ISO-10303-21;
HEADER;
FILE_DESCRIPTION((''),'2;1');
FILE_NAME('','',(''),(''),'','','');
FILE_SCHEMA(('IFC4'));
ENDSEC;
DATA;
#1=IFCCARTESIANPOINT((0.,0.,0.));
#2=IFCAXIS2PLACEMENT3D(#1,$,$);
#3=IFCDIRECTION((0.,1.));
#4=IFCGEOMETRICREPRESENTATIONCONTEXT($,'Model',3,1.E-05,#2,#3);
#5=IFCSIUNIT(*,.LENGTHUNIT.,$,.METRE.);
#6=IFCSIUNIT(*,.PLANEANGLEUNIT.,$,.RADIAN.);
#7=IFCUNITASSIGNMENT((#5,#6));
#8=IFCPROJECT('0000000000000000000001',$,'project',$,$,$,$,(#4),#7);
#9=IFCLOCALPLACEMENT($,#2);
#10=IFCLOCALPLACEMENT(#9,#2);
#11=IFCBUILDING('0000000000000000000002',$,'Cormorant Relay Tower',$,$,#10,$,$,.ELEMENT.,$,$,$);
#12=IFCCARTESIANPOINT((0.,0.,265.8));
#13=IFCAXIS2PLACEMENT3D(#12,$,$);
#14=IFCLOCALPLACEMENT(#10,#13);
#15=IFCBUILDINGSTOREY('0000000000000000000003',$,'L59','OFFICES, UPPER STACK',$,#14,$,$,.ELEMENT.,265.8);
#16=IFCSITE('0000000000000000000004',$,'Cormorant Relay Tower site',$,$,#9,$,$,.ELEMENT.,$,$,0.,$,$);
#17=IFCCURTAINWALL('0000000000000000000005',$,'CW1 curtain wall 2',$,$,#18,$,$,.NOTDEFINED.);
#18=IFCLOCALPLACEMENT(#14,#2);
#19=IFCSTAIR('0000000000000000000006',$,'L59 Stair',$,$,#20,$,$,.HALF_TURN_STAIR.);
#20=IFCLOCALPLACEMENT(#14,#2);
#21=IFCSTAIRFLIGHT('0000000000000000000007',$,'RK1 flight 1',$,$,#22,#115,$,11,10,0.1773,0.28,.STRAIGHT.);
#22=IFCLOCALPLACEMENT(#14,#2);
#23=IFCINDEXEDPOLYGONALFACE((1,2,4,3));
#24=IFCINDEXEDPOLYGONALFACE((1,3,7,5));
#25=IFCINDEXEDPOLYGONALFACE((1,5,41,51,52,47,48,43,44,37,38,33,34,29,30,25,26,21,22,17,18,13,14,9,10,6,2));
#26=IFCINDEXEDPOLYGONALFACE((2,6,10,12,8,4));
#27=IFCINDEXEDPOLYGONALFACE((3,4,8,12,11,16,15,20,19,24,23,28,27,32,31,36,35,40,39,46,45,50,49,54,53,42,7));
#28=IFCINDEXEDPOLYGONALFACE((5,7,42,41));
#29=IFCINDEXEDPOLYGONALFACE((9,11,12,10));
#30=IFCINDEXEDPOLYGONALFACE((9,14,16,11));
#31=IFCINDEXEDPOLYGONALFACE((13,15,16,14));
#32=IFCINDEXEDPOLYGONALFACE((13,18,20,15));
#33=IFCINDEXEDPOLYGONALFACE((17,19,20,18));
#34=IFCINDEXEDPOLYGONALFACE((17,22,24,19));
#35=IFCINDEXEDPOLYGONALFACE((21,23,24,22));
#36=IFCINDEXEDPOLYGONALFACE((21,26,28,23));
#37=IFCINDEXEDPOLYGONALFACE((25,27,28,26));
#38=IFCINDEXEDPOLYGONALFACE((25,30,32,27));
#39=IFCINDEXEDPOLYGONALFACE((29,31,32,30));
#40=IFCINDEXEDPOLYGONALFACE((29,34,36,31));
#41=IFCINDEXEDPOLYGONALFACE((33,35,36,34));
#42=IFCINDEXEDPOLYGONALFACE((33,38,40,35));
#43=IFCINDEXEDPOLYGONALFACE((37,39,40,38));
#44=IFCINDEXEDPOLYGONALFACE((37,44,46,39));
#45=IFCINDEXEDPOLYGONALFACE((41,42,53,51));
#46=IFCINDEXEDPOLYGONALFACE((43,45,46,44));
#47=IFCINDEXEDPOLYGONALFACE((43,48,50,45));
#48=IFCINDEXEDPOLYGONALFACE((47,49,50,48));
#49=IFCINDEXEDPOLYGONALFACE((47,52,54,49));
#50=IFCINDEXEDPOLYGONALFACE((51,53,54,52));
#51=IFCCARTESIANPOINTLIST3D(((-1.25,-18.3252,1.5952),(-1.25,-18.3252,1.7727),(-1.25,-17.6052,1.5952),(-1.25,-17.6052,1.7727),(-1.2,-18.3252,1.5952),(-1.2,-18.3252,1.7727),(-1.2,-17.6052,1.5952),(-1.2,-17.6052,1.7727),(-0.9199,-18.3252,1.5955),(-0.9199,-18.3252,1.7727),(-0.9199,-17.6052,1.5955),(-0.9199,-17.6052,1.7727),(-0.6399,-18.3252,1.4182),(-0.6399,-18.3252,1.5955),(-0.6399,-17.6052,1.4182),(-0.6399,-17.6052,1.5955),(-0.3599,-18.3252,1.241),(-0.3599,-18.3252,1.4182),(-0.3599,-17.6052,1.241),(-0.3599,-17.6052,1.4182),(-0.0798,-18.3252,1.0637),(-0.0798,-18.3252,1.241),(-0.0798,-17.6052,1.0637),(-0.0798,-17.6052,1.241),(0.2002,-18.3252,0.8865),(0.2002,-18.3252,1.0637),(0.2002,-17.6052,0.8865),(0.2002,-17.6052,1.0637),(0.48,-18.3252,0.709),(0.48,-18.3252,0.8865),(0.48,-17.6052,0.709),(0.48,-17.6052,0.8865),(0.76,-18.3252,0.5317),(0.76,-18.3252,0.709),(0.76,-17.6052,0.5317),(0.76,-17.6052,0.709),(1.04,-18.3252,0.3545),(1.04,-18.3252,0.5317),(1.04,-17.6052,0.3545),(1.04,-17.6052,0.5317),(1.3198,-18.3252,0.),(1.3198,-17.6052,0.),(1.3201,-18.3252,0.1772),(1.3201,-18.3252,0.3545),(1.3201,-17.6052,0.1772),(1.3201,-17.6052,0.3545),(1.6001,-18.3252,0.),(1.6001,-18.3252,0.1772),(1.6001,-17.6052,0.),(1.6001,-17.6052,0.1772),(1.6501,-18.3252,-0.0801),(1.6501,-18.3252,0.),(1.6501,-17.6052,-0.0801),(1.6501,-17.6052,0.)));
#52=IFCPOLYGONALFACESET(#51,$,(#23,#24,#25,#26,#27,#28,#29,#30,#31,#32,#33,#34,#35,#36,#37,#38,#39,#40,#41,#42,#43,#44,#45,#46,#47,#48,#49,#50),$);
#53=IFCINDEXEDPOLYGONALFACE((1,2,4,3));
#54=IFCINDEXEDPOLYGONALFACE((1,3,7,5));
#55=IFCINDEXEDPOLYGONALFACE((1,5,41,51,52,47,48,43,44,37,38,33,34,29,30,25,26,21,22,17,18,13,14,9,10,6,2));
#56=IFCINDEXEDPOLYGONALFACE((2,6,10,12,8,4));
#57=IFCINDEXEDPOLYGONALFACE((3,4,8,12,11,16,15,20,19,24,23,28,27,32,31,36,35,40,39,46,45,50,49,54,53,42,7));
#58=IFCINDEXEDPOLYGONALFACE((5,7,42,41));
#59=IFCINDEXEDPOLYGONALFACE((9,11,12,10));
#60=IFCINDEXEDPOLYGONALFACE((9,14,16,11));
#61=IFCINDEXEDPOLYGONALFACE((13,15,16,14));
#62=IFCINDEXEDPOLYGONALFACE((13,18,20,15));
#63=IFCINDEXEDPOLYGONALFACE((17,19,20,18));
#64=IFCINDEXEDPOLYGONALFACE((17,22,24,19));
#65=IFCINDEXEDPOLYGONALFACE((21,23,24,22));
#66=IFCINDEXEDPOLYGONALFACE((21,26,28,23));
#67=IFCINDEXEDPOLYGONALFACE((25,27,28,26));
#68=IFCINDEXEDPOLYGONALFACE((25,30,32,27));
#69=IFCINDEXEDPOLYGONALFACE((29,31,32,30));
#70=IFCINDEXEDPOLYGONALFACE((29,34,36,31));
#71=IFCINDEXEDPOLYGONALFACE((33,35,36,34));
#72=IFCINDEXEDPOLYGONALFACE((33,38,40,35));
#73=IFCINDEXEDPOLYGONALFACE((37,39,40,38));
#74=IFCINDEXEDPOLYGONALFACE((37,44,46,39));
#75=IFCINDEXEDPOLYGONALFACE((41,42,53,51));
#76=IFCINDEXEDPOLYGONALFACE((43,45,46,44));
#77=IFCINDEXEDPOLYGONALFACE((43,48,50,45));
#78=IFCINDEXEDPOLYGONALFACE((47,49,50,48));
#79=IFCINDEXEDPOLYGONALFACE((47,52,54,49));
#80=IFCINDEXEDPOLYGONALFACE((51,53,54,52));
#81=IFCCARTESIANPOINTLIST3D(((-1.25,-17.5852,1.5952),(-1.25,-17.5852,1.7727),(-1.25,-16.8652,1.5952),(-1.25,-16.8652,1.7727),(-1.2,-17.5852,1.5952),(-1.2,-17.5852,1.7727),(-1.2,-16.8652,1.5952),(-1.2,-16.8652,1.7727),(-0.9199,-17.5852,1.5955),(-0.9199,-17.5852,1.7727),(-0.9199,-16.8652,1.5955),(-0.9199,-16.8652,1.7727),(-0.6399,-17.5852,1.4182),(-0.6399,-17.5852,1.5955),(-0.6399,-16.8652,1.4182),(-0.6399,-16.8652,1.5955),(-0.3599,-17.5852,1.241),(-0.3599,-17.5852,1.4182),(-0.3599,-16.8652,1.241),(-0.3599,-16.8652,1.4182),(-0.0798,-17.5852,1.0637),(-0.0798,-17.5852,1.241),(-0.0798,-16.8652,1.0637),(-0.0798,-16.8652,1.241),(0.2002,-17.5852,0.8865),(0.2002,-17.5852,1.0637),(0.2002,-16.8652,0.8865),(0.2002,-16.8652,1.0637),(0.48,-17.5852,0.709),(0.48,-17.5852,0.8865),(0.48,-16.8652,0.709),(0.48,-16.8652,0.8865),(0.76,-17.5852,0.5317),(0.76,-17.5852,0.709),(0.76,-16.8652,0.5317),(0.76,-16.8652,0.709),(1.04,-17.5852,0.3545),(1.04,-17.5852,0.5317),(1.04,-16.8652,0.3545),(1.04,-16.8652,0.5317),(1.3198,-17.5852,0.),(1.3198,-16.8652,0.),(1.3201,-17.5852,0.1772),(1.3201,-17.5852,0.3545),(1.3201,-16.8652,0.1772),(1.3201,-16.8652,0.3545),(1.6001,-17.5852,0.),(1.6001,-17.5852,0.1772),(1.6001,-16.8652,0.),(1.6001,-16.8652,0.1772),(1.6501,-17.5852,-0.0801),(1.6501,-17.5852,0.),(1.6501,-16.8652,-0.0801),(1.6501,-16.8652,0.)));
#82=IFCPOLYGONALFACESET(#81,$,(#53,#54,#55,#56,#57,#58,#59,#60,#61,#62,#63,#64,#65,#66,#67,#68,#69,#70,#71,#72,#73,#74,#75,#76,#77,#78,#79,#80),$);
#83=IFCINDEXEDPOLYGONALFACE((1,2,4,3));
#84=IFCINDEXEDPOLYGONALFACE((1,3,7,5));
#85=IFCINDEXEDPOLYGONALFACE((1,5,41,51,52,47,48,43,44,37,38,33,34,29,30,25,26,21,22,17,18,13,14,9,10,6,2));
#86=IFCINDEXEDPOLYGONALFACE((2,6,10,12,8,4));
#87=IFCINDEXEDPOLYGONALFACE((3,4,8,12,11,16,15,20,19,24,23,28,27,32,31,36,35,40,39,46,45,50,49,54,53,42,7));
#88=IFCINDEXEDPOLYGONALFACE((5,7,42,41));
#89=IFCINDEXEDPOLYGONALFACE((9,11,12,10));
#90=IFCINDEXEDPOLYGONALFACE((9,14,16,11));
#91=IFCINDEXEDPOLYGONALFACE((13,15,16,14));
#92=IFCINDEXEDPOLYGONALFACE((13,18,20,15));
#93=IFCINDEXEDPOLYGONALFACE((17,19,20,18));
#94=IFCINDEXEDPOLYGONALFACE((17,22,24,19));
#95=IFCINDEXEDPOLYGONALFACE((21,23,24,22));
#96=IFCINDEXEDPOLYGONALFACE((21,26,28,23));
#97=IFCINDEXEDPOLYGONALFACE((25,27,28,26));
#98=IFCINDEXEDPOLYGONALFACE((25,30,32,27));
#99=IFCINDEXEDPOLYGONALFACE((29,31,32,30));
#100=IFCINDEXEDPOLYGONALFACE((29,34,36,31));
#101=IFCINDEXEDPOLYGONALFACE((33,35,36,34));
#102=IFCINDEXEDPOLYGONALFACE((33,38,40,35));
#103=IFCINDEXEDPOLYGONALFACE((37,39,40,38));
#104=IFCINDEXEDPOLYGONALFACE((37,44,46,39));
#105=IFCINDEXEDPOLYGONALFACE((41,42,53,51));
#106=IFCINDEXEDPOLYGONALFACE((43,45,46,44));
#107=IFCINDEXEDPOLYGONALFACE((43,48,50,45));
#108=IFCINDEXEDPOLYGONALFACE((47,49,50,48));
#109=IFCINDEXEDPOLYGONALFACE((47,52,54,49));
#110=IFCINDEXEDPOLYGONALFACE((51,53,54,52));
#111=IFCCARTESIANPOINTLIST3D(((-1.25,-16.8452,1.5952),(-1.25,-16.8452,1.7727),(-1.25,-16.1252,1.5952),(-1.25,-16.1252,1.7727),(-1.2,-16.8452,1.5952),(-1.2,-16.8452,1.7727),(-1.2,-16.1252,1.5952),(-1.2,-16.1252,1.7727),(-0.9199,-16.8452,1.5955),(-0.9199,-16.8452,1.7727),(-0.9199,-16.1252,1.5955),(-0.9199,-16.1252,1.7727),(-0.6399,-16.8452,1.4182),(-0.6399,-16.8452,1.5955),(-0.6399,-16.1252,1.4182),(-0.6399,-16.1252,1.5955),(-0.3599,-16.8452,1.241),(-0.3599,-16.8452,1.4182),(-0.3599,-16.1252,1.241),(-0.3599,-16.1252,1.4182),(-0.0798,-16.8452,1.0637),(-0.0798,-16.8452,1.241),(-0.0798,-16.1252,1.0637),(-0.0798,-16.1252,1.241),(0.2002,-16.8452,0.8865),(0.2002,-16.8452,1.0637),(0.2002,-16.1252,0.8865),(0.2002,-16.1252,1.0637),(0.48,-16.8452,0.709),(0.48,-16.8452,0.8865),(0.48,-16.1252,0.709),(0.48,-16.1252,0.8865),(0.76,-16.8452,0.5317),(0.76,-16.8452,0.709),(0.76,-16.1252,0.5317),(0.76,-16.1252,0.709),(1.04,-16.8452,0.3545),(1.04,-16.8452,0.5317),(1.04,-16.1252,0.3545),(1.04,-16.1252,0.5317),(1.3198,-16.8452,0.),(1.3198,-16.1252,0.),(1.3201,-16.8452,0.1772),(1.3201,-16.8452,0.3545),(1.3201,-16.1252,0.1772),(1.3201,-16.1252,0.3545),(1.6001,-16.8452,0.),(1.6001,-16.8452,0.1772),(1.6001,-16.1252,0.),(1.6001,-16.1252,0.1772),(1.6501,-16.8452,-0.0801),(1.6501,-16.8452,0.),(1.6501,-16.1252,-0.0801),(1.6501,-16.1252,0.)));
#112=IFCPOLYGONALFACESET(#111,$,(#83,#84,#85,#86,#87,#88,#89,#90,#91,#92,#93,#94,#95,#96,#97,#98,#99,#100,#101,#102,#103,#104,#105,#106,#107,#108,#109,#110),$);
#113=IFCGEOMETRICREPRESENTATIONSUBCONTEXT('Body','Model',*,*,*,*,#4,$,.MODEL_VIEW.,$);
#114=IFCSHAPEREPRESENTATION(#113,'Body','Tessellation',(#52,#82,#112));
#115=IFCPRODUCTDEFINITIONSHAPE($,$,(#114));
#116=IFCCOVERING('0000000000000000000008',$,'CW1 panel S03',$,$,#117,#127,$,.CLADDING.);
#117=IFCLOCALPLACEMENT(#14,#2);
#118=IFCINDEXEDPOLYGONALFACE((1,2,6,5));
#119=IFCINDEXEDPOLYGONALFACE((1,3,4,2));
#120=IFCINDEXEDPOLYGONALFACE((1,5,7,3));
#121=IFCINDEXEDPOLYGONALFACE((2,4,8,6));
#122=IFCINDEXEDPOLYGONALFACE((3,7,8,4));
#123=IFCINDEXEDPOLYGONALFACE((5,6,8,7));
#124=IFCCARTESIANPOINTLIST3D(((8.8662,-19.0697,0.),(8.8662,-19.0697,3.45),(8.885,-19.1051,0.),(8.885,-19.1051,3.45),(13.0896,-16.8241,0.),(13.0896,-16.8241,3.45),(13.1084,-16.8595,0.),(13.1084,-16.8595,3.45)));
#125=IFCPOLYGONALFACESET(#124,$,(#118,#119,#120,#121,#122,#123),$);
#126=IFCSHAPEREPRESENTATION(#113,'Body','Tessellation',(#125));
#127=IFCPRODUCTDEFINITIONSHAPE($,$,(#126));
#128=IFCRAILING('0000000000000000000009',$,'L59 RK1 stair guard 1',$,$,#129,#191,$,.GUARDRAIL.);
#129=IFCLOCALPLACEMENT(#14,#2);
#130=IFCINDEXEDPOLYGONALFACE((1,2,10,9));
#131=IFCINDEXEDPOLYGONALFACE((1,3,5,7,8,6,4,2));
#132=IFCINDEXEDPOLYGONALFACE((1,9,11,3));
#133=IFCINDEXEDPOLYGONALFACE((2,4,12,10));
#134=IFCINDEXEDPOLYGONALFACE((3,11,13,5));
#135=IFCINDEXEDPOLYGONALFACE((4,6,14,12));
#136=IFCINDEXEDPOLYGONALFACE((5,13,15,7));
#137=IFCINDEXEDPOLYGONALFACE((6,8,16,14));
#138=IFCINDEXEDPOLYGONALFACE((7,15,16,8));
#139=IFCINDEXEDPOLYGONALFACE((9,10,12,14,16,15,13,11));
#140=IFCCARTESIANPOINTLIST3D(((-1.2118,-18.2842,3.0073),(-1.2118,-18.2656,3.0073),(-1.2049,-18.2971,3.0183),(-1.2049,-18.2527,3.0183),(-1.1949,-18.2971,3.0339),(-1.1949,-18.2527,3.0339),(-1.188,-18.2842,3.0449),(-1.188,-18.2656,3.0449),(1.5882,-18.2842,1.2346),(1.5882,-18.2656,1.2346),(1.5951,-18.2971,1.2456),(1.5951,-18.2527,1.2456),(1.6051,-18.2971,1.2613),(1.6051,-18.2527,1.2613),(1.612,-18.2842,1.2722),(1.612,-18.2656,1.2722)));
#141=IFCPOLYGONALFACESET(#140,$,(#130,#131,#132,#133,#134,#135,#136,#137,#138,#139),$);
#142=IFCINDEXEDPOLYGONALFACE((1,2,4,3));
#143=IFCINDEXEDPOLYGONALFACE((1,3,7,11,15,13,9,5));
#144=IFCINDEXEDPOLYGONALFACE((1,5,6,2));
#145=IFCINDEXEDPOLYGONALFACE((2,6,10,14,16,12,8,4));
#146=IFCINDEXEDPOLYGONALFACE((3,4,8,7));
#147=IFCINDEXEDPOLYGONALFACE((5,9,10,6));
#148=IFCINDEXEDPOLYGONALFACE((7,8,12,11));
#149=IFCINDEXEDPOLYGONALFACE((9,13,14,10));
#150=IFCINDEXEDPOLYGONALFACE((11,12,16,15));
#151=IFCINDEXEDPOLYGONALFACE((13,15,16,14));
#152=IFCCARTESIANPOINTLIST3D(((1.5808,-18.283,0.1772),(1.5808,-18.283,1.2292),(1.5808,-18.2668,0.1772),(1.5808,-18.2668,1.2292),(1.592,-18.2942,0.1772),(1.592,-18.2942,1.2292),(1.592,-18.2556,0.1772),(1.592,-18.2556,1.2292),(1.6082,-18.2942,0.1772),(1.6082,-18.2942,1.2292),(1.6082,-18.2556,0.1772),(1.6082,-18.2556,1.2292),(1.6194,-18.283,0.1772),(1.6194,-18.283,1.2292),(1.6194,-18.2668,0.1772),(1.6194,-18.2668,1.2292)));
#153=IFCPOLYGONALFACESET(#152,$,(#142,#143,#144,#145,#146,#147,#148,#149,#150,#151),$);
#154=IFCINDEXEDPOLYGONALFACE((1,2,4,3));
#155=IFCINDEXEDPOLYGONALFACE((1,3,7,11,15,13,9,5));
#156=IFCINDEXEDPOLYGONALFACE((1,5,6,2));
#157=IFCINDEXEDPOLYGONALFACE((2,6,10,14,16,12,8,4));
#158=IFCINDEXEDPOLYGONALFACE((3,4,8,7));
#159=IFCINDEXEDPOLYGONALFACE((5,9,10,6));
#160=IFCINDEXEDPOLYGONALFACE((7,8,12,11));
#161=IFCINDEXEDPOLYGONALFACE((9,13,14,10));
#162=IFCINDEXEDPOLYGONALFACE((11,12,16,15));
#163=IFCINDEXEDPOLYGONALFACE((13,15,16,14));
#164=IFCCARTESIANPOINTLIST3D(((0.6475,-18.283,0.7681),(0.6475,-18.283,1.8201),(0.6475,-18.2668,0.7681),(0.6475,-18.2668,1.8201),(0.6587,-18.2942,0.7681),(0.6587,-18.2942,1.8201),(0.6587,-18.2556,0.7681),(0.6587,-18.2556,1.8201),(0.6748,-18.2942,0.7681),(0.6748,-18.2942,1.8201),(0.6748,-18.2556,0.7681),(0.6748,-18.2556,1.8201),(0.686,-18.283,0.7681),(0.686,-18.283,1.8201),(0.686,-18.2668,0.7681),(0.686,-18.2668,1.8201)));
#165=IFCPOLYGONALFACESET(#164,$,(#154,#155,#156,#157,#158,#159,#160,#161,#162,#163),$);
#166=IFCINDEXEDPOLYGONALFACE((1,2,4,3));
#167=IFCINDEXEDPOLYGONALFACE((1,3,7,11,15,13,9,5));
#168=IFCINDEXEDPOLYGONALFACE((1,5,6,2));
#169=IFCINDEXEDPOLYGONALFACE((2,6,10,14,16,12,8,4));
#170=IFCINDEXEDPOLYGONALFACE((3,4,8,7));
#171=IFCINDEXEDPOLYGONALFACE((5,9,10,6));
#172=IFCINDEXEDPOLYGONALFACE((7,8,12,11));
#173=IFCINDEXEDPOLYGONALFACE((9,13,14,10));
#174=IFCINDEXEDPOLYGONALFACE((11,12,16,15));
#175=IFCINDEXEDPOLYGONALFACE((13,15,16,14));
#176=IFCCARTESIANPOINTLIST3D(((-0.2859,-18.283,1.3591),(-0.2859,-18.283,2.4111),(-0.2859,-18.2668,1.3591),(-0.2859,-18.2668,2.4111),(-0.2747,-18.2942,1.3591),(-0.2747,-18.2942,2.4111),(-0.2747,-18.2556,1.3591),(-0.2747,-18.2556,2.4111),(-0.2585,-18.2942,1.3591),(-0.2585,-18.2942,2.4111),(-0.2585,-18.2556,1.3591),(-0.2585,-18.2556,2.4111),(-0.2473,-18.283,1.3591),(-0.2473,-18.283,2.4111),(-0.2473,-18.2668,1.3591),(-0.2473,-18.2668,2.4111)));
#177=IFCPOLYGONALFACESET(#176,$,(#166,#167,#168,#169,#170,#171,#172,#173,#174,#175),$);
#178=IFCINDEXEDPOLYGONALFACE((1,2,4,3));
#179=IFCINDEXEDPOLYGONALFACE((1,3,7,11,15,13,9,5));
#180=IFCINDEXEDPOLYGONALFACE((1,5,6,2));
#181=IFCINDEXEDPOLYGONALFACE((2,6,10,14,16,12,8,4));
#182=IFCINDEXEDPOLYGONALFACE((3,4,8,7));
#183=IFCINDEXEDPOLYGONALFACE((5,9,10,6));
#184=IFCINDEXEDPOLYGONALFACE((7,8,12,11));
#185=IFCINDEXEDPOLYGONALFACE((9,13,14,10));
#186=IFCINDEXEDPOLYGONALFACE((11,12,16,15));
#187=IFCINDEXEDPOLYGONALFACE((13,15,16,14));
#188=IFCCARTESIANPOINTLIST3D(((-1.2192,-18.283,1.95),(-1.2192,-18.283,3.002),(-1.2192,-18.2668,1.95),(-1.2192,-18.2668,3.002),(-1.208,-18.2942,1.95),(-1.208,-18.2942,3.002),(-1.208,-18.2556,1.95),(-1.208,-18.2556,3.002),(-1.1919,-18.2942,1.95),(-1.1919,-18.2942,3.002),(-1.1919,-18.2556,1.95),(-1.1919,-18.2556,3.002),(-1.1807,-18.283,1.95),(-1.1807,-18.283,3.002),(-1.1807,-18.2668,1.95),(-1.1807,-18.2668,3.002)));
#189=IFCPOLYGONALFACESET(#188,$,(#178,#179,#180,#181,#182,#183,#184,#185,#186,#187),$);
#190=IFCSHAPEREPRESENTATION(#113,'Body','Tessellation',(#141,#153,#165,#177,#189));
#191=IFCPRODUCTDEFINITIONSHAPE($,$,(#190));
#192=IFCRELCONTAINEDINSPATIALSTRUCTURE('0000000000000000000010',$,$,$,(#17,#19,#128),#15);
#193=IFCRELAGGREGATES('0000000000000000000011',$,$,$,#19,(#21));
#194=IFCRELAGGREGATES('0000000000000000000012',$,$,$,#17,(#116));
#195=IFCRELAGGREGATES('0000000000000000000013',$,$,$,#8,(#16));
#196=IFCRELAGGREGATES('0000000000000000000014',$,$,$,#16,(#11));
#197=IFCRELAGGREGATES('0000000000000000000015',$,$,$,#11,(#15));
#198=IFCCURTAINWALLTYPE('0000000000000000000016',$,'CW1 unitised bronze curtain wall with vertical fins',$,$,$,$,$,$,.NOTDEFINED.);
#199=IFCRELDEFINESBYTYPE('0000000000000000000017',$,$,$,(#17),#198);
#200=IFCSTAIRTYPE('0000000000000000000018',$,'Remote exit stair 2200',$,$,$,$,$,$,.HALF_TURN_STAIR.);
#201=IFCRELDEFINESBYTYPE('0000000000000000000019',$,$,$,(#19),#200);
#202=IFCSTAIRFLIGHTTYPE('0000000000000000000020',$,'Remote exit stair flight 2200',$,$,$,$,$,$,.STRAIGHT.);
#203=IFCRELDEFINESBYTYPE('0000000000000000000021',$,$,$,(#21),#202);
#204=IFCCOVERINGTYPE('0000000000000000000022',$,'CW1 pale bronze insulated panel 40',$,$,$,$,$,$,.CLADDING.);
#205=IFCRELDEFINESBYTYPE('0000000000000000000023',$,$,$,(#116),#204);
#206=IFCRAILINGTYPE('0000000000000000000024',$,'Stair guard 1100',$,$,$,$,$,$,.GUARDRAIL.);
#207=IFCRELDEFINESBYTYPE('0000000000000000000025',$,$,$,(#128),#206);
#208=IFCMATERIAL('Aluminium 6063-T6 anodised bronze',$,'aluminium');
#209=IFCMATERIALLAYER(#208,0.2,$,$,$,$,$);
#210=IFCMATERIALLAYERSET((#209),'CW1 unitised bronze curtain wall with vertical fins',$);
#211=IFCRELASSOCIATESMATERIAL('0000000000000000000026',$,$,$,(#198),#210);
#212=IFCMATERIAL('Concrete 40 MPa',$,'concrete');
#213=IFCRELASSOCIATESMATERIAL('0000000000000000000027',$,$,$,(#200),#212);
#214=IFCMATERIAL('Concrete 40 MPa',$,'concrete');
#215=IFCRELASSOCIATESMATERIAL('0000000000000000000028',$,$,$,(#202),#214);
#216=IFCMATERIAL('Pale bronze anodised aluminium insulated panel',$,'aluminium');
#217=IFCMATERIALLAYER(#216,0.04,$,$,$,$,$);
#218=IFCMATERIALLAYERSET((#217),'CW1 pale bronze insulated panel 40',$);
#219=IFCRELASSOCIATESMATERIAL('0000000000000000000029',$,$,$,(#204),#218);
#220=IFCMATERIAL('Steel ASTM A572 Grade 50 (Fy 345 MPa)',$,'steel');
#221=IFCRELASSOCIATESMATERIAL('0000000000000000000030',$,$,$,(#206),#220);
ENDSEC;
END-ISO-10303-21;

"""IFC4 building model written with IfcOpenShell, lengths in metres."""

from ifc_helpers import new_model, si_unit, direction, frame, origin, origin_2d, place, context, subcontext, project, spatial, polyline, rectangle, outline, extrude, material, layer, layer_set, type_object, element, aggregate, save


model = new_model("IFC4")

# Units and contexts
model_context = context("Model", 3, precision=1e-05, world=origin(), true_north=direction((0.0, 1.0)))
body_context = subcontext(model_context, "Body", "Model", "MODEL_VIEW")
ifc_project = project(units=[si_unit("LENGTHUNIT", "METRE"), si_unit("PLANEANGLEUNIT", "RADIAN")], contexts=[model_context])

# Site, building, storey
site_placement = place(None, origin())
site = spatial("IfcSite", under=ifc_project, at=site_placement, Name="Cormorant Relay Tower site", CompositionType="ELEMENT", RefElevation=0.0)
building_placement = place(site_placement, origin())
building = spatial("IfcBuilding", under=site, at=building_placement, Name="Cormorant Relay Tower", CompositionType="ELEMENT")
storey_placement = place(building_placement, frame((0.0, 0.0, 265.8)))
storey = spatial("IfcBuildingStorey", under=building, at=storey_placement, Name="L59", Description="OFFICES, UPPER STACK", CompositionType="ELEMENT", Elevation=265.8)

# Curtain wall
ifc_material_1 = material(Name="Aluminium 6063-T6 anodised bronze", Category="aluminium")
ifc_layer_1 = layer(ifc_material_1, 0.2)
ifc_layer_set_1 = layer_set([ifc_layer_1], Name="CW1 unitised bronze curtain wall with vertical fins")
curtain_wall_type = type_object("IfcCurtainWallType", Name="CW1 unitised bronze curtain wall with vertical fins", PredefinedType="NOTDEFINED", material=ifc_layer_set_1)
curtain_wall_placement = place(storey_placement, origin())
curtain_wall = element("IfcCurtainWall", 1, at=curtain_wall_placement, inside=storey, type_object=curtain_wall_type, Name="CW1 curtain wall 2", PredefinedType="NOTDEFINED")

# Stair
ifc_material_2 = material(Name="Concrete 40 MPa", Category="concrete")
stair_type_1 = type_object("IfcStairType", Name="Remote exit stair 2200", PredefinedType="HALF_TURN_STAIR", material=ifc_material_2)
stair_1_placement = place(storey_placement, origin())
stair_1 = element("IfcStair", 2, at=stair_1_placement, inside=storey, type_object=stair_type_1, Name="L59 Stair", PredefinedType="HALF_TURN_STAIR")

# Stair flight
ifc_material_3 = material(Name="Concrete 40 MPa", Category="concrete")
stair_flight_type = type_object("IfcStairFlightType", Name="Remote exit stair flight 2200", PredefinedType="STRAIGHT", material=ifc_material_3)
stair_flight_placement = place(storey_placement, frame((1.6001, -17.2251, 0.0), z_axis=(0.0, 0.0, 1.0), x_axis=(-1.0, 0.0, 0.0)))
stair_flight = element("IfcStairFlight", 3, at=stair_flight_placement, type_object=stair_flight_type, Name="RK1 flight 1", NumberOfRisers=11, NumberOfTreads=10, PredefinedType="STRAIGHT", RiserHeight=0.1773, TreadLength=0.28, context=body_context, shape_type="SweptSolid", body=[
    extrude(outline(polyline([(-0.05, -0.0801), (-0.05, 0.0), (0.0, 0.0), (0.0, 0.1772), (0.28, 0.1772), (0.28, 0.3545), (0.5601, 0.3545), (0.5601, 0.5317), (0.8401, 0.5317), (0.8401, 0.709), (1.1201, 0.709), (1.1201, 0.8865), (1.3999, 0.8865), (1.3999, 1.0637), (1.6799, 1.0637), (1.6799, 1.241), (1.96, 1.241), (1.96, 1.4182), (2.24, 1.4182), (2.24, 1.5955), (2.52, 1.5955), (2.52, 1.7727), (2.8, 1.7727), (2.8501, 1.7727), (2.8501, 1.5952), (2.8, 1.5952), (0.2803, 0.0), (-0.05, -0.0801)])), frame((0.0, 1.1001, 0.0), z_axis=(0.0, -1.0, 0.0), x_axis=(1.0, 0.0, 0.0)), (0.0, 0.0, 1.0), 0.72),
    extrude(outline(polyline([(-0.05, -0.0801), (-0.05, 0.0), (0.0, 0.0), (0.0, 0.1772), (0.28, 0.1772), (0.28, 0.3545), (0.5601, 0.3545), (0.5601, 0.5317), (0.8401, 0.5317), (0.8401, 0.709), (1.1201, 0.709), (1.1201, 0.8865), (1.3999, 0.8865), (1.3999, 1.0637), (1.6799, 1.0637), (1.6799, 1.241), (1.96, 1.241), (1.96, 1.4182), (2.24, 1.4182), (2.24, 1.5955), (2.52, 1.5955), (2.52, 1.7727), (2.8, 1.7727), (2.8501, 1.7727), (2.8501, 1.5952), (2.8, 1.5952), (0.2803, 0.0), (-0.05, -0.0801)])), frame((0.0, 0.3601, 0.0), z_axis=(0.0, -1.0, 0.0), x_axis=(1.0, 0.0, 0.0)), (0.0, 0.0, 1.0), 0.72),
    extrude(outline(polyline([(-0.05, -0.0801), (-0.05, 0.0), (0.0, 0.0), (0.0, 0.1772), (0.28, 0.1772), (0.28, 0.3545), (0.5601, 0.3545), (0.5601, 0.5317), (0.8401, 0.5317), (0.8401, 0.709), (1.1201, 0.709), (1.1201, 0.8865), (1.3999, 0.8865), (1.3999, 1.0637), (1.6799, 1.0637), (1.6799, 1.241), (1.96, 1.241), (1.96, 1.4182), (2.24, 1.4182), (2.24, 1.5955), (2.52, 1.5955), (2.52, 1.7727), (2.8, 1.7727), (2.8501, 1.7727), (2.8501, 1.5952), (2.8, 1.5952), (0.2803, 0.0), (-0.05, -0.0801)])), frame((0.0, -0.3799, 0.0), z_axis=(0.0, -1.0, 0.0), x_axis=(1.0, 0.0, 0.0)), (0.0, 0.0, 1.0), 0.72),
])
aggregate(stair_1, [stair_flight])

# Covering
ifc_material_4 = material(Name="Pale bronze anodised aluminium insulated panel", Category="aluminium")
ifc_layer_2 = layer(ifc_material_4, 0.04)
ifc_layer_set_2 = layer_set([ifc_layer_2], Name="CW1 pale bronze insulated panel 40")
covering_type = type_object("IfcCoveringType", Name="CW1 pale bronze insulated panel 40", PredefinedType="CLADDING", material=ifc_layer_set_2)
covering_placement = place(storey_placement, frame((10.9873, -17.9646, 0.0), z_axis=(0.0, 0.0, 1.0), x_axis=(0.882948, 0.469472, 0.0)))
covering = element("IfcCovering", 4, at=covering_placement, type_object=covering_type, Name="CW1 panel S03", PredefinedType="CLADDING", context=body_context, shape_type="SweptSolid", body=[
    extrude(rectangle(XDim=4.7832, YDim=0.04, at=origin_2d()), origin(), (0.0, 0.0, 1.0), 3.45),
])
aggregate(curtain_wall, [covering])

# Railing
ifc_material_5 = material(Name="Steel ASTM A572 Grade 50 (Fy 345 MPa)", Category="steel")
railing_type_1 = type_object("IfcRailingType", Name="Stair guard 1100", PredefinedType="GUARDRAIL", material=ifc_material_5)
railing_1_placement = place(storey_placement, frame((1.6001, -18.2749, 0.1772)))
element("IfcRailing", 5, at=railing_1_placement, inside=storey, type_object=railing_type_1, Name="L59 RK1 stair guard 1", PredefinedType="GUARDRAIL", context=body_context, shape_type="SweptSolid", body=[
    extrude(outline(polyline([(0.0222, 0.0093), (0.0093, 0.0222), (-0.0093, 0.0222), (-0.0222, 0.0093), (-0.0222, -0.0093), (-0.0093, -0.0222), (0.0093, -0.0222), (0.0222, -0.0093), (0.0222, 0.0093)])), frame((0.0, 0.0, 1.0762), z_axis=(-0.844909, 0.0, 0.53491), x_axis=(0.0, -1.0, 0.0)), (0.0, 0.0, 1.0), 3.314),
    extrude(outline(polyline([(0.0193, 0.0081), (0.0081, 0.0193), (-0.0081, 0.0193), (-0.0193, 0.0081), (-0.0193, -0.0081), (-0.0081, -0.0193), (0.0081, -0.0193), (0.0193, -0.0081), (0.0193, 0.0081)])), origin(), (0.0, 0.0, 1.0), 1.052),
    extrude(outline(polyline([(0.0193, 0.0081), (0.0081, 0.0193), (-0.0081, 0.0193), (-0.0193, 0.0081), (-0.0193, -0.0081), (-0.0081, -0.0193), (0.0081, -0.0193), (0.0193, -0.0081), (0.0193, 0.0081)])), frame((-0.9333, 0.0, 0.5908)), (0.0, 0.0, 1.0), 1.052),
    extrude(outline(polyline([(0.0193, 0.0081), (0.0081, 0.0193), (-0.0081, 0.0193), (-0.0193, 0.0081), (-0.0193, -0.0081), (-0.0081, -0.0193), (0.0081, -0.0193), (0.0193, -0.0081), (0.0193, 0.0081)])), frame((-1.8667, 0.0, 1.1819)), (0.0, 0.0, 1.0), 1.052),
    extrude(outline(polyline([(0.0193, 0.0081), (0.0081, 0.0193), (-0.0081, 0.0193), (-0.0193, 0.0081), (-0.0193, -0.0081), (-0.0081, -0.0193), (0.0081, -0.0193), (0.0193, -0.0081), (0.0193, 0.0081)])), frame((-2.8, 0.0, 1.7727)), (0.0, 0.0, 1.0), 1.052),
])

save(model, "model.ifc")
